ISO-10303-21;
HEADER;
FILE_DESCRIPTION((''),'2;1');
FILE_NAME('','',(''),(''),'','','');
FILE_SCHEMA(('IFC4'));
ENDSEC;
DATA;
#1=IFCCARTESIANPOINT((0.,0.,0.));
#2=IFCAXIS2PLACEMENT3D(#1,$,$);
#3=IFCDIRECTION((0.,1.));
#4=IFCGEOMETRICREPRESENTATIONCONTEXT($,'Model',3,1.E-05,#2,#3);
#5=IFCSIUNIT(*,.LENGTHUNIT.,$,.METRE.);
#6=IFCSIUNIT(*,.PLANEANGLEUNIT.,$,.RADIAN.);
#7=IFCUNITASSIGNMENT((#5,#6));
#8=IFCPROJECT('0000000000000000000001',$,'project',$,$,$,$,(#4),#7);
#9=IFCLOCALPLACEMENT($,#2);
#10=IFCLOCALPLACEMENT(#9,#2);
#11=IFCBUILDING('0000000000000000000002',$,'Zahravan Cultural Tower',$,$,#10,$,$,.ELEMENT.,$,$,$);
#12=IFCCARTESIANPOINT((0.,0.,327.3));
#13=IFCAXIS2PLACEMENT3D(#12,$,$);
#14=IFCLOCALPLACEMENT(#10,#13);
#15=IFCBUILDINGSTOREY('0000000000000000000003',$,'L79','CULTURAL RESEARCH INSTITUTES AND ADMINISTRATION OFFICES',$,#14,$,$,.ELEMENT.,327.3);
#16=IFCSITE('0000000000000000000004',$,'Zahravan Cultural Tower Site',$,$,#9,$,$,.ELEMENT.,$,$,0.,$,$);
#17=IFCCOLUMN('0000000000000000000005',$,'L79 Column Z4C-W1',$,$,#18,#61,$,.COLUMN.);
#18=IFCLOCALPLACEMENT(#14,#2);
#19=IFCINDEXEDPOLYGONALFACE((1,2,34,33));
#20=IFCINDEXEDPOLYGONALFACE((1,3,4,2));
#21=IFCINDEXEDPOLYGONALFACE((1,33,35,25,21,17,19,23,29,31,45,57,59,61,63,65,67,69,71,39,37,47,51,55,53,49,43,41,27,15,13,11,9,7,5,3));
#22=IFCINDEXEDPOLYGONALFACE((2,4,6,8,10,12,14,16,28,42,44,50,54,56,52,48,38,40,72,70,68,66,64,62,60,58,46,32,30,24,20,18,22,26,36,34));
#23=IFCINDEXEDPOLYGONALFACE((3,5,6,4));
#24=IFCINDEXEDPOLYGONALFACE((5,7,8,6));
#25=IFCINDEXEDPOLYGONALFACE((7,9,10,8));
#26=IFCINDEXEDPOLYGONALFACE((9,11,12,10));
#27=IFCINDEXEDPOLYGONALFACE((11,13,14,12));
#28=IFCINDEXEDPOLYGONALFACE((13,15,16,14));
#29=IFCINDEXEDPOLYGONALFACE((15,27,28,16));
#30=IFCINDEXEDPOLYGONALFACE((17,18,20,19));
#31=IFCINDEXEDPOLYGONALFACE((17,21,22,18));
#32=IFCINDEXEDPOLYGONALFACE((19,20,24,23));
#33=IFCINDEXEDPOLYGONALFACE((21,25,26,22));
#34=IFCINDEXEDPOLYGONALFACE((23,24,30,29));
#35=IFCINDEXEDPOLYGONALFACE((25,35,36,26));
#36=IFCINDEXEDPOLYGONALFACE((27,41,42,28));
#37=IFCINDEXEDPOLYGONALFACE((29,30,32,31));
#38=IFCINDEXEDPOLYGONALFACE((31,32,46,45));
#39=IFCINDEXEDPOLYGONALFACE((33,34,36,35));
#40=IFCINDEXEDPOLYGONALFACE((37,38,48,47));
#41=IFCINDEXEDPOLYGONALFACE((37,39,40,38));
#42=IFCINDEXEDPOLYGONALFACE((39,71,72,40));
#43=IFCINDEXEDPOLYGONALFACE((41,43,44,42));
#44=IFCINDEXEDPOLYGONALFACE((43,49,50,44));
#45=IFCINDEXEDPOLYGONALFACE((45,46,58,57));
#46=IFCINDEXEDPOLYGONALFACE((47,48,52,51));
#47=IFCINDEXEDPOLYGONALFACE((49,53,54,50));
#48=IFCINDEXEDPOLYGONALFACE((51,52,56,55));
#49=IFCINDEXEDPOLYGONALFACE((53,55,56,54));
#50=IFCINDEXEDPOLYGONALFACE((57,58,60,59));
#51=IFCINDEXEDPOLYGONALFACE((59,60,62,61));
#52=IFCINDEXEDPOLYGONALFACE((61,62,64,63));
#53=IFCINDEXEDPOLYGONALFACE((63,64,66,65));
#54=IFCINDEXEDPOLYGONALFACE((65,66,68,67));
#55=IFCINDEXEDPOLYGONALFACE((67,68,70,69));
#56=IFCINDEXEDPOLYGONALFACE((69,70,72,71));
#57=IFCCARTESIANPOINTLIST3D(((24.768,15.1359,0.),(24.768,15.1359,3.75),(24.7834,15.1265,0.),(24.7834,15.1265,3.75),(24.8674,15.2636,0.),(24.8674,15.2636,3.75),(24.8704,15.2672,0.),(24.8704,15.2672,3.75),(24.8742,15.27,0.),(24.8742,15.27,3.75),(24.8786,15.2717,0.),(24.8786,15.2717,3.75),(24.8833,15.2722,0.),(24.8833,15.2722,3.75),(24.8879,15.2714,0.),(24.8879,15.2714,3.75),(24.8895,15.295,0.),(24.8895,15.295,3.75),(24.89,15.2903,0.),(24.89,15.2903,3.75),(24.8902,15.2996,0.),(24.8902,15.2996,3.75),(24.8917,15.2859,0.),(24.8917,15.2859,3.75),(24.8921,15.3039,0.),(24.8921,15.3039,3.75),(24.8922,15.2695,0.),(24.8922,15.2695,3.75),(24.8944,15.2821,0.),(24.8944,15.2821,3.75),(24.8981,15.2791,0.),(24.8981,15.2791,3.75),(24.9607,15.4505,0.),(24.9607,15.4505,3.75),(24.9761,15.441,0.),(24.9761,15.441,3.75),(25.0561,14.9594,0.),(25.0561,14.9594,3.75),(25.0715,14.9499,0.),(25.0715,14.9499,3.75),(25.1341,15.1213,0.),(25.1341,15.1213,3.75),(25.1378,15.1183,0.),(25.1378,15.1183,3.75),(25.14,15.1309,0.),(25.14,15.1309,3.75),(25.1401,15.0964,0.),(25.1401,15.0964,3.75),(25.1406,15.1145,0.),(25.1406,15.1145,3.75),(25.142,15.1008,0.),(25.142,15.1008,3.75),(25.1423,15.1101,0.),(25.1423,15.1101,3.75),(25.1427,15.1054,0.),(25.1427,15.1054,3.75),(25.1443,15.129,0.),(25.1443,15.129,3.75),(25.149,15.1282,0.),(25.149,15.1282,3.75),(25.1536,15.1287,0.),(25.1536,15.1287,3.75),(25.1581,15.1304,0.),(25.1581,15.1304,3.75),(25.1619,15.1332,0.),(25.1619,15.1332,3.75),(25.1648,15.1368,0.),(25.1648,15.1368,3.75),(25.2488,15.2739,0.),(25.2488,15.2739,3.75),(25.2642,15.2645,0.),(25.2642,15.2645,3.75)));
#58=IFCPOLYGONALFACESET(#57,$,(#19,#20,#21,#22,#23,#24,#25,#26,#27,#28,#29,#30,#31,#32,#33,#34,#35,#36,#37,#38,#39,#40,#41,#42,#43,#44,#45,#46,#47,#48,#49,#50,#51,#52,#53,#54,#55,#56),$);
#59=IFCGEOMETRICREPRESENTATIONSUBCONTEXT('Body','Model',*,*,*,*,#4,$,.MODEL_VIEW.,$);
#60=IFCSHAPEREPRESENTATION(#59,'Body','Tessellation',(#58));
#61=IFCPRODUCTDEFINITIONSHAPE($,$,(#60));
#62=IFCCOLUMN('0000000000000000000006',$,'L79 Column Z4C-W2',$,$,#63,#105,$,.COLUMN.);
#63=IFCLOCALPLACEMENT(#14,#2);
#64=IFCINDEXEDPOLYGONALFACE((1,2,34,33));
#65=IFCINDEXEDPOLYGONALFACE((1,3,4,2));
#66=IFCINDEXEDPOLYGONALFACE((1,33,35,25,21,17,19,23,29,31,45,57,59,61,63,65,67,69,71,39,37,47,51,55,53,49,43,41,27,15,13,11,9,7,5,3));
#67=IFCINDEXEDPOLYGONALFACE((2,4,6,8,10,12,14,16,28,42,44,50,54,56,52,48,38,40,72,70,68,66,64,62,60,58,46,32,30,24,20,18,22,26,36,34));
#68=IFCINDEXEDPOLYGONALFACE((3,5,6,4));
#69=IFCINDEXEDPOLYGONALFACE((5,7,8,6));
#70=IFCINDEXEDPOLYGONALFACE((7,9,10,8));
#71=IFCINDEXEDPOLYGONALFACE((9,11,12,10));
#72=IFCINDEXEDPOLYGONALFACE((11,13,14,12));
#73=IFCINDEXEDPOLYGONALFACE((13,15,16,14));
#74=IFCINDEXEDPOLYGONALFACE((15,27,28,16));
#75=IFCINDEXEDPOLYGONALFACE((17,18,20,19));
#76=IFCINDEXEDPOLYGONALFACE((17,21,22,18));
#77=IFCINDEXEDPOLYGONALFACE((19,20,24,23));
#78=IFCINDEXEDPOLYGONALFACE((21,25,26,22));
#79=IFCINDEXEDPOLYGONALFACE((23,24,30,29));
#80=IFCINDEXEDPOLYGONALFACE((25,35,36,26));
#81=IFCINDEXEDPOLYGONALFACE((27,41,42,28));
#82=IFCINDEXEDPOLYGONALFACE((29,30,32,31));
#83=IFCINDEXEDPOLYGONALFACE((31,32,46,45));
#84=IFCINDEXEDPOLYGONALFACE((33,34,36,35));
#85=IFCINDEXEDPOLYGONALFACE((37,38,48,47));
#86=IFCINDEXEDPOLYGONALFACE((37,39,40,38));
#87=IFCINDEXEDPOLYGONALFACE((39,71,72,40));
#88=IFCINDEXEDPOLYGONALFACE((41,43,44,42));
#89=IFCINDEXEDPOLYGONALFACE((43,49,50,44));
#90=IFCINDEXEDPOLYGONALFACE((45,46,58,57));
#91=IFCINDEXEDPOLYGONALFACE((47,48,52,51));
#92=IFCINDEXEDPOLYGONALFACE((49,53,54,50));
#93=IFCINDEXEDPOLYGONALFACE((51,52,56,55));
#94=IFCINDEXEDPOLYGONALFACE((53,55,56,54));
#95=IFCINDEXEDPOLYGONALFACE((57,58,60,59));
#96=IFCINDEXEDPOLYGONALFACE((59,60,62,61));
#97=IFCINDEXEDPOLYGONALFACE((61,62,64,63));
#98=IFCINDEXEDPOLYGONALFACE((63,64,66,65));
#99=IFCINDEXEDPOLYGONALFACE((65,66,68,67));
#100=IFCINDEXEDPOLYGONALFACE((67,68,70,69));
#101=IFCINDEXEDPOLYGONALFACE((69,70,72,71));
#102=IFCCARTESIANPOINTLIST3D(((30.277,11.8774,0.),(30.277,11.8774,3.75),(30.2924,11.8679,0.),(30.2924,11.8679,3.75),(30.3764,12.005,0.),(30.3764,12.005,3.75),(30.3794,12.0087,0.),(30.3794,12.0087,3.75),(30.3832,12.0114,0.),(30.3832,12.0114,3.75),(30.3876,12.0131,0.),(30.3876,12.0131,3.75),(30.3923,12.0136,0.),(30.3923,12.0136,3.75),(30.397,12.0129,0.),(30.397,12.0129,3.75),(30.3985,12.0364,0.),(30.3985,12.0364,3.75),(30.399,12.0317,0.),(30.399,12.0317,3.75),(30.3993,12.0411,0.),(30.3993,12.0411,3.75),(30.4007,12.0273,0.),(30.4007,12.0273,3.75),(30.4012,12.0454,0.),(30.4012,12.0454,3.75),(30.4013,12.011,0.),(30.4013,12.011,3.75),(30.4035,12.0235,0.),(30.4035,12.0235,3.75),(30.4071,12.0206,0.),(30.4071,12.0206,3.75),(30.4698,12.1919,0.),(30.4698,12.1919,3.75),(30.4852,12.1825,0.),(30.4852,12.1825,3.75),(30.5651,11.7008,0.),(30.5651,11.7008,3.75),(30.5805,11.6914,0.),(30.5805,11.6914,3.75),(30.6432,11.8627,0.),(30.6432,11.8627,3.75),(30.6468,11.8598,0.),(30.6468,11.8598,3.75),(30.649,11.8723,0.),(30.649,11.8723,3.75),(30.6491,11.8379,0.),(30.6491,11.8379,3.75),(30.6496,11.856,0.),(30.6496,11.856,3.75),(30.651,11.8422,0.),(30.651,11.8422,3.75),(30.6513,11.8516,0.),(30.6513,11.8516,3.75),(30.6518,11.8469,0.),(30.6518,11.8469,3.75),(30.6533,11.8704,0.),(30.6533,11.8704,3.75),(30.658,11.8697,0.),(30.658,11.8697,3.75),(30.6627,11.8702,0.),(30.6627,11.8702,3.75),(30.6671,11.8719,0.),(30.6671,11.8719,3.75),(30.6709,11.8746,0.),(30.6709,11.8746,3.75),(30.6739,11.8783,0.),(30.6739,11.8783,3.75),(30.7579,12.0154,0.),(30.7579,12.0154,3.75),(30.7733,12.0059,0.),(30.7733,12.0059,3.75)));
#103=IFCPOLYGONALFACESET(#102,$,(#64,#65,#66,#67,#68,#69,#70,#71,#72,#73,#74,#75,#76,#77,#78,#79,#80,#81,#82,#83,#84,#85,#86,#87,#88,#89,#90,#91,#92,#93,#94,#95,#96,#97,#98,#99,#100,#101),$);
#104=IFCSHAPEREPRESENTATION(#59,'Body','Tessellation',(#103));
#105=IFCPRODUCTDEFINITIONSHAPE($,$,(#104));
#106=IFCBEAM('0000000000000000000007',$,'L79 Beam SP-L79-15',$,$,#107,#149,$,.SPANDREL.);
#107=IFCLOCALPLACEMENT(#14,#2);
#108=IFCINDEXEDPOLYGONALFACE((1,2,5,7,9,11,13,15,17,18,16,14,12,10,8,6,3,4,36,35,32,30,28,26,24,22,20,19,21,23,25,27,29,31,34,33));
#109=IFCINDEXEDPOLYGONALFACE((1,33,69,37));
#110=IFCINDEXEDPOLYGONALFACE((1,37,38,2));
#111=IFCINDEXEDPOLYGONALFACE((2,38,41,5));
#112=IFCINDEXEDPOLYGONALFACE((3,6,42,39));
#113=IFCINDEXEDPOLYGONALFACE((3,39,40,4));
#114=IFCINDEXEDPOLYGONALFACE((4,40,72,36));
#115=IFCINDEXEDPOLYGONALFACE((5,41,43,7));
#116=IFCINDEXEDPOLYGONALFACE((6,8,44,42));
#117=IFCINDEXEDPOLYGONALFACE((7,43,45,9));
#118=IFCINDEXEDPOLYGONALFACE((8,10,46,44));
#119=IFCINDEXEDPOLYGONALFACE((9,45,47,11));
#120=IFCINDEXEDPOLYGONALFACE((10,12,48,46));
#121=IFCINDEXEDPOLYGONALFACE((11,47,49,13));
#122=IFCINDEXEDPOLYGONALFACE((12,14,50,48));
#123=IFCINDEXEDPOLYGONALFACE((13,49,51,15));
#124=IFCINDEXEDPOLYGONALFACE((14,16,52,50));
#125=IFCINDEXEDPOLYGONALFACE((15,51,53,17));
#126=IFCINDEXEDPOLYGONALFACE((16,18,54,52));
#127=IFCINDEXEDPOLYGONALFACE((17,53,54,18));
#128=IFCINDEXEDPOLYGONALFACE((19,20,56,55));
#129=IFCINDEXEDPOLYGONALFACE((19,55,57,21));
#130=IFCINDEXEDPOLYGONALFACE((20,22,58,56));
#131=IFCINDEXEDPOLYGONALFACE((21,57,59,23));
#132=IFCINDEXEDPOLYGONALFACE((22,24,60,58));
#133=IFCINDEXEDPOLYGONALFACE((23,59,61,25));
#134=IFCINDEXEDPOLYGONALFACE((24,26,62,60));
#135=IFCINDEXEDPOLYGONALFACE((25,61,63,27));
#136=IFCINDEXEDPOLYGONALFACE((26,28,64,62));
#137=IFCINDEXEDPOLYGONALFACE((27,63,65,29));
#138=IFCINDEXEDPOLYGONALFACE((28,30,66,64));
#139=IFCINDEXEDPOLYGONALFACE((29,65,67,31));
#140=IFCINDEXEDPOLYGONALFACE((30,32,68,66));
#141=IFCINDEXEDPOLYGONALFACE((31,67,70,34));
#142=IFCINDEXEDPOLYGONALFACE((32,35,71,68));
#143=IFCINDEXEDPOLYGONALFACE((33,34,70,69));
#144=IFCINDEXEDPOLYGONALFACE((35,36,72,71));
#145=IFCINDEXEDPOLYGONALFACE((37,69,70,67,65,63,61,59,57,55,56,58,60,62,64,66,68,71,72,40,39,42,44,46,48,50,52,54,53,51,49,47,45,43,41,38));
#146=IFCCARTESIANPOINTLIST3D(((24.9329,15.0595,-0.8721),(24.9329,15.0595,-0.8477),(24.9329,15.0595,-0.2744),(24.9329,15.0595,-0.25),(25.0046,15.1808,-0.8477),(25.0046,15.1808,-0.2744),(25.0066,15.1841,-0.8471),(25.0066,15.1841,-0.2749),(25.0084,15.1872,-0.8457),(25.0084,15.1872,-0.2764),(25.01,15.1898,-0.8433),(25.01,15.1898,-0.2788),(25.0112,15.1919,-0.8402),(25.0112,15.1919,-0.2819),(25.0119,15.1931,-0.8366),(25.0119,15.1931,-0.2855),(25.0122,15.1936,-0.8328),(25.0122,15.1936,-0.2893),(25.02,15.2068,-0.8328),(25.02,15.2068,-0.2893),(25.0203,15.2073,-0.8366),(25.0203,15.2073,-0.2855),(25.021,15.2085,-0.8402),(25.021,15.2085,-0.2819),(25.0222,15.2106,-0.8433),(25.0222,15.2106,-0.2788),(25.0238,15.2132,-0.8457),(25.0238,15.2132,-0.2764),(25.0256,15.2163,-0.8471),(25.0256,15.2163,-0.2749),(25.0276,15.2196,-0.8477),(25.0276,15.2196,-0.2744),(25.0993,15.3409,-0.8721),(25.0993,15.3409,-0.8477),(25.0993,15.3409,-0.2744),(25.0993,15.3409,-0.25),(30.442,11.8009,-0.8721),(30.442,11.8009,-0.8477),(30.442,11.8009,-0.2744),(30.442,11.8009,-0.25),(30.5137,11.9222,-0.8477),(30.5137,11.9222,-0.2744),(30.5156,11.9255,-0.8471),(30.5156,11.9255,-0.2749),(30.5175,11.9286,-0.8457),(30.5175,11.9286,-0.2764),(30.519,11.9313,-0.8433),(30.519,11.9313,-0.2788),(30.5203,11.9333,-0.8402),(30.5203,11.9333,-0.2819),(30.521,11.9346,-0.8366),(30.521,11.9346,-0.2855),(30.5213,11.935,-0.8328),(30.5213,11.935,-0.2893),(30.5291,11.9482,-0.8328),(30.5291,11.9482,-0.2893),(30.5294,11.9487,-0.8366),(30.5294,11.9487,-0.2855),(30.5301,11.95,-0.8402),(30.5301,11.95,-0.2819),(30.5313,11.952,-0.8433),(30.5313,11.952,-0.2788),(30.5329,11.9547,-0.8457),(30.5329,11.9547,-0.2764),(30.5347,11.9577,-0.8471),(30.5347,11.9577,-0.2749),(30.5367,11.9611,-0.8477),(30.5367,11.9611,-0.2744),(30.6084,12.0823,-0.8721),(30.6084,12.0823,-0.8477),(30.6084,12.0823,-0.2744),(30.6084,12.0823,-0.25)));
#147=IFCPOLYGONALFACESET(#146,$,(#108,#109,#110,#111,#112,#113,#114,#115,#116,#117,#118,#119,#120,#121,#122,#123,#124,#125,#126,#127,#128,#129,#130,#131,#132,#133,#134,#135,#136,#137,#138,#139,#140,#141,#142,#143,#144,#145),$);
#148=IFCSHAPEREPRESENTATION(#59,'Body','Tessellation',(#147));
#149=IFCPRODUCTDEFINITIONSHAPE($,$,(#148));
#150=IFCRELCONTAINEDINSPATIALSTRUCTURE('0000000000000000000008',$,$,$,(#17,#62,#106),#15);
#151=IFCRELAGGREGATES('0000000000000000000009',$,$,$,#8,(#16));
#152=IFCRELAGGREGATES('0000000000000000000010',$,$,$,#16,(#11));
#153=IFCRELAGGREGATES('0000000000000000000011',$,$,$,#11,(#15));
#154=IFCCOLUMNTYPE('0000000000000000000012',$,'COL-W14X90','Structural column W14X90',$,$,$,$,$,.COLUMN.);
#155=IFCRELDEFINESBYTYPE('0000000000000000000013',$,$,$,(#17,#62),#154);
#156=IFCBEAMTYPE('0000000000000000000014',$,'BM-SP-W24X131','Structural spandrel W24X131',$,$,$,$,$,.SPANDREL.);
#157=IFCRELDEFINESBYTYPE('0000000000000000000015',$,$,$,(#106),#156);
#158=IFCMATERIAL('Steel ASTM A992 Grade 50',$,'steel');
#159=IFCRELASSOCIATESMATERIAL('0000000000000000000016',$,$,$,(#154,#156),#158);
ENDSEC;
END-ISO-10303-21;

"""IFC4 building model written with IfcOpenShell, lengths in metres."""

from ifc_helpers import new_model, si_unit, direction, frame, origin, origin_2d, place, context, subcontext, project, spatial, i_section, extrude, source, transform, mapped, material, material_profile, profile_set, type_object, element, save


model = new_model("IFC4")

# Units and contexts
model_context = context("Model", 3, precision=1e-05, world=origin(), true_north=direction((0.0, 1.0)))
body_context = subcontext(model_context, "Body", "Model", "MODEL_VIEW")
ifc_project = project(units=[si_unit("LENGTHUNIT", "METRE"), si_unit("PLANEANGLEUNIT", "RADIAN")], contexts=[model_context])

# Site, building, storey
site_placement = place(None, origin())
site = spatial("IfcSite", under=ifc_project, at=site_placement, Name="Zahravan Cultural Tower Site", CompositionType="ELEMENT", RefElevation=0.0)
building_placement = place(site_placement, origin())
building = spatial("IfcBuilding", under=site, at=building_placement, Name="Zahravan Cultural Tower", CompositionType="ELEMENT")
storey_placement = place(building_placement, frame((0.0, 0.0, 327.3)))
storey = spatial("IfcBuildingStorey", under=building, at=storey_placement, Name="L79", Description="CULTURAL RESEARCH INSTITUTES AND ADMINISTRATION OFFICES", CompositionType="ELEMENT", Elevation=327.3)

# Columns
ifc_material_1 = material(Name="Steel ASTM A992 Grade 50", Category="steel")
ifc_material_profile_1 = material_profile(ifc_material_1, i_section(OverallWidth=0.3689, OverallDepth=0.356, WebThickness=0.0112, FlangeThickness=0.0181, FilletRadius=0.0181, at=origin_2d()), Name="W14X90")
ifc_profile_set_1 = profile_set([ifc_material_profile_1], Name="Steel ASTM A992 Grade 50")
column_type = type_object("IfcColumnType", Name="COL-W14X90", Description="Structural column W14X90", PredefinedType="COLUMN", material=ifc_profile_set_1)
shared_shape_1 = source(origin(), body_context, "Body", "SweptSolid", [
    extrude(i_section(OverallWidth=0.3689, OverallDepth=0.356, WebThickness=0.0112, FlangeThickness=0.0181, FilletRadius=0.0181, at=origin_2d()), origin(), (0.0, 0.0, 1.0), 3.75),
])
for number, where, z_axis, x_axis, name in (
    (1, (25.0161, 15.2002, 0.0), (0.0, 0.0, 1.0), (0.522499, 0.85264, 0.0), "L79 Column Z4C-W1"),
    (2, (30.5251, 11.9417, 0.0), (0.0, 0.0, 1.0), (0.522499, 0.85264, 0.0), "L79 Column Z4C-W2"),
):
    element("IfcColumn", number, at=place(storey_placement, frame(where, z_axis=z_axis, x_axis=x_axis)), inside=storey, type_object=column_type, Name=name, PredefinedType="COLUMN", context=body_context, shape_type="MappedRepresentation", body=[
        mapped(shared_shape_1, transform((0.0, 0.0, 0.0), x_axis=(1.0, 0.0, 0.0), y_axis=(0.0, 1.0, 0.0), z_axis=(0.0, 0.0, 1.0), scale=1.0)),
    ])

# Beam
ifc_material_profile_2 = material_profile(ifc_material_1, i_section(OverallWidth=0.3269, OverallDepth=0.6221, WebThickness=0.0154, FlangeThickness=0.0244, FilletRadius=0.0149, at=origin_2d()), Name="W24X131")
ifc_profile_set_2 = profile_set([ifc_material_profile_2], Name="Steel ASTM A992 Grade 50")
beam_type_1 = type_object("IfcBeamType", Name="BM-SP-W24X131", Description="Structural spandrel W24X131", PredefinedType="SPANDREL", material=ifc_profile_set_2)
shared_shape_2 = source(origin(), body_context, "Body", "SweptSolid", [
    extrude(i_section(OverallWidth=0.3269, OverallDepth=0.6221, WebThickness=0.0154, FlangeThickness=0.0244, FilletRadius=0.0149, at=origin_2d()), origin(), (0.0, 0.0, 1.0), 6.4006),
])
beam_1_placement = place(storey_placement, frame((25.0161, 15.2002, -0.561), z_axis=(0.860707, -0.509101, 0.0), x_axis=(0.509101, 0.860707, 0.0)))
element("IfcBeam", 3, at=beam_1_placement, inside=storey, type_object=beam_type_1, Name="L79 Beam SP-L79-15", PredefinedType="SPANDREL", context=body_context, shape_type="MappedRepresentation", body=[
    mapped(shared_shape_2, transform((0.0, 0.0, 0.0), x_axis=(1.0, 0.0, 0.0), y_axis=(0.0, 1.0, 0.0), z_axis=(0.0, 0.0, 1.0), scale=1.0)),
])

save(model, "model.ifc")
